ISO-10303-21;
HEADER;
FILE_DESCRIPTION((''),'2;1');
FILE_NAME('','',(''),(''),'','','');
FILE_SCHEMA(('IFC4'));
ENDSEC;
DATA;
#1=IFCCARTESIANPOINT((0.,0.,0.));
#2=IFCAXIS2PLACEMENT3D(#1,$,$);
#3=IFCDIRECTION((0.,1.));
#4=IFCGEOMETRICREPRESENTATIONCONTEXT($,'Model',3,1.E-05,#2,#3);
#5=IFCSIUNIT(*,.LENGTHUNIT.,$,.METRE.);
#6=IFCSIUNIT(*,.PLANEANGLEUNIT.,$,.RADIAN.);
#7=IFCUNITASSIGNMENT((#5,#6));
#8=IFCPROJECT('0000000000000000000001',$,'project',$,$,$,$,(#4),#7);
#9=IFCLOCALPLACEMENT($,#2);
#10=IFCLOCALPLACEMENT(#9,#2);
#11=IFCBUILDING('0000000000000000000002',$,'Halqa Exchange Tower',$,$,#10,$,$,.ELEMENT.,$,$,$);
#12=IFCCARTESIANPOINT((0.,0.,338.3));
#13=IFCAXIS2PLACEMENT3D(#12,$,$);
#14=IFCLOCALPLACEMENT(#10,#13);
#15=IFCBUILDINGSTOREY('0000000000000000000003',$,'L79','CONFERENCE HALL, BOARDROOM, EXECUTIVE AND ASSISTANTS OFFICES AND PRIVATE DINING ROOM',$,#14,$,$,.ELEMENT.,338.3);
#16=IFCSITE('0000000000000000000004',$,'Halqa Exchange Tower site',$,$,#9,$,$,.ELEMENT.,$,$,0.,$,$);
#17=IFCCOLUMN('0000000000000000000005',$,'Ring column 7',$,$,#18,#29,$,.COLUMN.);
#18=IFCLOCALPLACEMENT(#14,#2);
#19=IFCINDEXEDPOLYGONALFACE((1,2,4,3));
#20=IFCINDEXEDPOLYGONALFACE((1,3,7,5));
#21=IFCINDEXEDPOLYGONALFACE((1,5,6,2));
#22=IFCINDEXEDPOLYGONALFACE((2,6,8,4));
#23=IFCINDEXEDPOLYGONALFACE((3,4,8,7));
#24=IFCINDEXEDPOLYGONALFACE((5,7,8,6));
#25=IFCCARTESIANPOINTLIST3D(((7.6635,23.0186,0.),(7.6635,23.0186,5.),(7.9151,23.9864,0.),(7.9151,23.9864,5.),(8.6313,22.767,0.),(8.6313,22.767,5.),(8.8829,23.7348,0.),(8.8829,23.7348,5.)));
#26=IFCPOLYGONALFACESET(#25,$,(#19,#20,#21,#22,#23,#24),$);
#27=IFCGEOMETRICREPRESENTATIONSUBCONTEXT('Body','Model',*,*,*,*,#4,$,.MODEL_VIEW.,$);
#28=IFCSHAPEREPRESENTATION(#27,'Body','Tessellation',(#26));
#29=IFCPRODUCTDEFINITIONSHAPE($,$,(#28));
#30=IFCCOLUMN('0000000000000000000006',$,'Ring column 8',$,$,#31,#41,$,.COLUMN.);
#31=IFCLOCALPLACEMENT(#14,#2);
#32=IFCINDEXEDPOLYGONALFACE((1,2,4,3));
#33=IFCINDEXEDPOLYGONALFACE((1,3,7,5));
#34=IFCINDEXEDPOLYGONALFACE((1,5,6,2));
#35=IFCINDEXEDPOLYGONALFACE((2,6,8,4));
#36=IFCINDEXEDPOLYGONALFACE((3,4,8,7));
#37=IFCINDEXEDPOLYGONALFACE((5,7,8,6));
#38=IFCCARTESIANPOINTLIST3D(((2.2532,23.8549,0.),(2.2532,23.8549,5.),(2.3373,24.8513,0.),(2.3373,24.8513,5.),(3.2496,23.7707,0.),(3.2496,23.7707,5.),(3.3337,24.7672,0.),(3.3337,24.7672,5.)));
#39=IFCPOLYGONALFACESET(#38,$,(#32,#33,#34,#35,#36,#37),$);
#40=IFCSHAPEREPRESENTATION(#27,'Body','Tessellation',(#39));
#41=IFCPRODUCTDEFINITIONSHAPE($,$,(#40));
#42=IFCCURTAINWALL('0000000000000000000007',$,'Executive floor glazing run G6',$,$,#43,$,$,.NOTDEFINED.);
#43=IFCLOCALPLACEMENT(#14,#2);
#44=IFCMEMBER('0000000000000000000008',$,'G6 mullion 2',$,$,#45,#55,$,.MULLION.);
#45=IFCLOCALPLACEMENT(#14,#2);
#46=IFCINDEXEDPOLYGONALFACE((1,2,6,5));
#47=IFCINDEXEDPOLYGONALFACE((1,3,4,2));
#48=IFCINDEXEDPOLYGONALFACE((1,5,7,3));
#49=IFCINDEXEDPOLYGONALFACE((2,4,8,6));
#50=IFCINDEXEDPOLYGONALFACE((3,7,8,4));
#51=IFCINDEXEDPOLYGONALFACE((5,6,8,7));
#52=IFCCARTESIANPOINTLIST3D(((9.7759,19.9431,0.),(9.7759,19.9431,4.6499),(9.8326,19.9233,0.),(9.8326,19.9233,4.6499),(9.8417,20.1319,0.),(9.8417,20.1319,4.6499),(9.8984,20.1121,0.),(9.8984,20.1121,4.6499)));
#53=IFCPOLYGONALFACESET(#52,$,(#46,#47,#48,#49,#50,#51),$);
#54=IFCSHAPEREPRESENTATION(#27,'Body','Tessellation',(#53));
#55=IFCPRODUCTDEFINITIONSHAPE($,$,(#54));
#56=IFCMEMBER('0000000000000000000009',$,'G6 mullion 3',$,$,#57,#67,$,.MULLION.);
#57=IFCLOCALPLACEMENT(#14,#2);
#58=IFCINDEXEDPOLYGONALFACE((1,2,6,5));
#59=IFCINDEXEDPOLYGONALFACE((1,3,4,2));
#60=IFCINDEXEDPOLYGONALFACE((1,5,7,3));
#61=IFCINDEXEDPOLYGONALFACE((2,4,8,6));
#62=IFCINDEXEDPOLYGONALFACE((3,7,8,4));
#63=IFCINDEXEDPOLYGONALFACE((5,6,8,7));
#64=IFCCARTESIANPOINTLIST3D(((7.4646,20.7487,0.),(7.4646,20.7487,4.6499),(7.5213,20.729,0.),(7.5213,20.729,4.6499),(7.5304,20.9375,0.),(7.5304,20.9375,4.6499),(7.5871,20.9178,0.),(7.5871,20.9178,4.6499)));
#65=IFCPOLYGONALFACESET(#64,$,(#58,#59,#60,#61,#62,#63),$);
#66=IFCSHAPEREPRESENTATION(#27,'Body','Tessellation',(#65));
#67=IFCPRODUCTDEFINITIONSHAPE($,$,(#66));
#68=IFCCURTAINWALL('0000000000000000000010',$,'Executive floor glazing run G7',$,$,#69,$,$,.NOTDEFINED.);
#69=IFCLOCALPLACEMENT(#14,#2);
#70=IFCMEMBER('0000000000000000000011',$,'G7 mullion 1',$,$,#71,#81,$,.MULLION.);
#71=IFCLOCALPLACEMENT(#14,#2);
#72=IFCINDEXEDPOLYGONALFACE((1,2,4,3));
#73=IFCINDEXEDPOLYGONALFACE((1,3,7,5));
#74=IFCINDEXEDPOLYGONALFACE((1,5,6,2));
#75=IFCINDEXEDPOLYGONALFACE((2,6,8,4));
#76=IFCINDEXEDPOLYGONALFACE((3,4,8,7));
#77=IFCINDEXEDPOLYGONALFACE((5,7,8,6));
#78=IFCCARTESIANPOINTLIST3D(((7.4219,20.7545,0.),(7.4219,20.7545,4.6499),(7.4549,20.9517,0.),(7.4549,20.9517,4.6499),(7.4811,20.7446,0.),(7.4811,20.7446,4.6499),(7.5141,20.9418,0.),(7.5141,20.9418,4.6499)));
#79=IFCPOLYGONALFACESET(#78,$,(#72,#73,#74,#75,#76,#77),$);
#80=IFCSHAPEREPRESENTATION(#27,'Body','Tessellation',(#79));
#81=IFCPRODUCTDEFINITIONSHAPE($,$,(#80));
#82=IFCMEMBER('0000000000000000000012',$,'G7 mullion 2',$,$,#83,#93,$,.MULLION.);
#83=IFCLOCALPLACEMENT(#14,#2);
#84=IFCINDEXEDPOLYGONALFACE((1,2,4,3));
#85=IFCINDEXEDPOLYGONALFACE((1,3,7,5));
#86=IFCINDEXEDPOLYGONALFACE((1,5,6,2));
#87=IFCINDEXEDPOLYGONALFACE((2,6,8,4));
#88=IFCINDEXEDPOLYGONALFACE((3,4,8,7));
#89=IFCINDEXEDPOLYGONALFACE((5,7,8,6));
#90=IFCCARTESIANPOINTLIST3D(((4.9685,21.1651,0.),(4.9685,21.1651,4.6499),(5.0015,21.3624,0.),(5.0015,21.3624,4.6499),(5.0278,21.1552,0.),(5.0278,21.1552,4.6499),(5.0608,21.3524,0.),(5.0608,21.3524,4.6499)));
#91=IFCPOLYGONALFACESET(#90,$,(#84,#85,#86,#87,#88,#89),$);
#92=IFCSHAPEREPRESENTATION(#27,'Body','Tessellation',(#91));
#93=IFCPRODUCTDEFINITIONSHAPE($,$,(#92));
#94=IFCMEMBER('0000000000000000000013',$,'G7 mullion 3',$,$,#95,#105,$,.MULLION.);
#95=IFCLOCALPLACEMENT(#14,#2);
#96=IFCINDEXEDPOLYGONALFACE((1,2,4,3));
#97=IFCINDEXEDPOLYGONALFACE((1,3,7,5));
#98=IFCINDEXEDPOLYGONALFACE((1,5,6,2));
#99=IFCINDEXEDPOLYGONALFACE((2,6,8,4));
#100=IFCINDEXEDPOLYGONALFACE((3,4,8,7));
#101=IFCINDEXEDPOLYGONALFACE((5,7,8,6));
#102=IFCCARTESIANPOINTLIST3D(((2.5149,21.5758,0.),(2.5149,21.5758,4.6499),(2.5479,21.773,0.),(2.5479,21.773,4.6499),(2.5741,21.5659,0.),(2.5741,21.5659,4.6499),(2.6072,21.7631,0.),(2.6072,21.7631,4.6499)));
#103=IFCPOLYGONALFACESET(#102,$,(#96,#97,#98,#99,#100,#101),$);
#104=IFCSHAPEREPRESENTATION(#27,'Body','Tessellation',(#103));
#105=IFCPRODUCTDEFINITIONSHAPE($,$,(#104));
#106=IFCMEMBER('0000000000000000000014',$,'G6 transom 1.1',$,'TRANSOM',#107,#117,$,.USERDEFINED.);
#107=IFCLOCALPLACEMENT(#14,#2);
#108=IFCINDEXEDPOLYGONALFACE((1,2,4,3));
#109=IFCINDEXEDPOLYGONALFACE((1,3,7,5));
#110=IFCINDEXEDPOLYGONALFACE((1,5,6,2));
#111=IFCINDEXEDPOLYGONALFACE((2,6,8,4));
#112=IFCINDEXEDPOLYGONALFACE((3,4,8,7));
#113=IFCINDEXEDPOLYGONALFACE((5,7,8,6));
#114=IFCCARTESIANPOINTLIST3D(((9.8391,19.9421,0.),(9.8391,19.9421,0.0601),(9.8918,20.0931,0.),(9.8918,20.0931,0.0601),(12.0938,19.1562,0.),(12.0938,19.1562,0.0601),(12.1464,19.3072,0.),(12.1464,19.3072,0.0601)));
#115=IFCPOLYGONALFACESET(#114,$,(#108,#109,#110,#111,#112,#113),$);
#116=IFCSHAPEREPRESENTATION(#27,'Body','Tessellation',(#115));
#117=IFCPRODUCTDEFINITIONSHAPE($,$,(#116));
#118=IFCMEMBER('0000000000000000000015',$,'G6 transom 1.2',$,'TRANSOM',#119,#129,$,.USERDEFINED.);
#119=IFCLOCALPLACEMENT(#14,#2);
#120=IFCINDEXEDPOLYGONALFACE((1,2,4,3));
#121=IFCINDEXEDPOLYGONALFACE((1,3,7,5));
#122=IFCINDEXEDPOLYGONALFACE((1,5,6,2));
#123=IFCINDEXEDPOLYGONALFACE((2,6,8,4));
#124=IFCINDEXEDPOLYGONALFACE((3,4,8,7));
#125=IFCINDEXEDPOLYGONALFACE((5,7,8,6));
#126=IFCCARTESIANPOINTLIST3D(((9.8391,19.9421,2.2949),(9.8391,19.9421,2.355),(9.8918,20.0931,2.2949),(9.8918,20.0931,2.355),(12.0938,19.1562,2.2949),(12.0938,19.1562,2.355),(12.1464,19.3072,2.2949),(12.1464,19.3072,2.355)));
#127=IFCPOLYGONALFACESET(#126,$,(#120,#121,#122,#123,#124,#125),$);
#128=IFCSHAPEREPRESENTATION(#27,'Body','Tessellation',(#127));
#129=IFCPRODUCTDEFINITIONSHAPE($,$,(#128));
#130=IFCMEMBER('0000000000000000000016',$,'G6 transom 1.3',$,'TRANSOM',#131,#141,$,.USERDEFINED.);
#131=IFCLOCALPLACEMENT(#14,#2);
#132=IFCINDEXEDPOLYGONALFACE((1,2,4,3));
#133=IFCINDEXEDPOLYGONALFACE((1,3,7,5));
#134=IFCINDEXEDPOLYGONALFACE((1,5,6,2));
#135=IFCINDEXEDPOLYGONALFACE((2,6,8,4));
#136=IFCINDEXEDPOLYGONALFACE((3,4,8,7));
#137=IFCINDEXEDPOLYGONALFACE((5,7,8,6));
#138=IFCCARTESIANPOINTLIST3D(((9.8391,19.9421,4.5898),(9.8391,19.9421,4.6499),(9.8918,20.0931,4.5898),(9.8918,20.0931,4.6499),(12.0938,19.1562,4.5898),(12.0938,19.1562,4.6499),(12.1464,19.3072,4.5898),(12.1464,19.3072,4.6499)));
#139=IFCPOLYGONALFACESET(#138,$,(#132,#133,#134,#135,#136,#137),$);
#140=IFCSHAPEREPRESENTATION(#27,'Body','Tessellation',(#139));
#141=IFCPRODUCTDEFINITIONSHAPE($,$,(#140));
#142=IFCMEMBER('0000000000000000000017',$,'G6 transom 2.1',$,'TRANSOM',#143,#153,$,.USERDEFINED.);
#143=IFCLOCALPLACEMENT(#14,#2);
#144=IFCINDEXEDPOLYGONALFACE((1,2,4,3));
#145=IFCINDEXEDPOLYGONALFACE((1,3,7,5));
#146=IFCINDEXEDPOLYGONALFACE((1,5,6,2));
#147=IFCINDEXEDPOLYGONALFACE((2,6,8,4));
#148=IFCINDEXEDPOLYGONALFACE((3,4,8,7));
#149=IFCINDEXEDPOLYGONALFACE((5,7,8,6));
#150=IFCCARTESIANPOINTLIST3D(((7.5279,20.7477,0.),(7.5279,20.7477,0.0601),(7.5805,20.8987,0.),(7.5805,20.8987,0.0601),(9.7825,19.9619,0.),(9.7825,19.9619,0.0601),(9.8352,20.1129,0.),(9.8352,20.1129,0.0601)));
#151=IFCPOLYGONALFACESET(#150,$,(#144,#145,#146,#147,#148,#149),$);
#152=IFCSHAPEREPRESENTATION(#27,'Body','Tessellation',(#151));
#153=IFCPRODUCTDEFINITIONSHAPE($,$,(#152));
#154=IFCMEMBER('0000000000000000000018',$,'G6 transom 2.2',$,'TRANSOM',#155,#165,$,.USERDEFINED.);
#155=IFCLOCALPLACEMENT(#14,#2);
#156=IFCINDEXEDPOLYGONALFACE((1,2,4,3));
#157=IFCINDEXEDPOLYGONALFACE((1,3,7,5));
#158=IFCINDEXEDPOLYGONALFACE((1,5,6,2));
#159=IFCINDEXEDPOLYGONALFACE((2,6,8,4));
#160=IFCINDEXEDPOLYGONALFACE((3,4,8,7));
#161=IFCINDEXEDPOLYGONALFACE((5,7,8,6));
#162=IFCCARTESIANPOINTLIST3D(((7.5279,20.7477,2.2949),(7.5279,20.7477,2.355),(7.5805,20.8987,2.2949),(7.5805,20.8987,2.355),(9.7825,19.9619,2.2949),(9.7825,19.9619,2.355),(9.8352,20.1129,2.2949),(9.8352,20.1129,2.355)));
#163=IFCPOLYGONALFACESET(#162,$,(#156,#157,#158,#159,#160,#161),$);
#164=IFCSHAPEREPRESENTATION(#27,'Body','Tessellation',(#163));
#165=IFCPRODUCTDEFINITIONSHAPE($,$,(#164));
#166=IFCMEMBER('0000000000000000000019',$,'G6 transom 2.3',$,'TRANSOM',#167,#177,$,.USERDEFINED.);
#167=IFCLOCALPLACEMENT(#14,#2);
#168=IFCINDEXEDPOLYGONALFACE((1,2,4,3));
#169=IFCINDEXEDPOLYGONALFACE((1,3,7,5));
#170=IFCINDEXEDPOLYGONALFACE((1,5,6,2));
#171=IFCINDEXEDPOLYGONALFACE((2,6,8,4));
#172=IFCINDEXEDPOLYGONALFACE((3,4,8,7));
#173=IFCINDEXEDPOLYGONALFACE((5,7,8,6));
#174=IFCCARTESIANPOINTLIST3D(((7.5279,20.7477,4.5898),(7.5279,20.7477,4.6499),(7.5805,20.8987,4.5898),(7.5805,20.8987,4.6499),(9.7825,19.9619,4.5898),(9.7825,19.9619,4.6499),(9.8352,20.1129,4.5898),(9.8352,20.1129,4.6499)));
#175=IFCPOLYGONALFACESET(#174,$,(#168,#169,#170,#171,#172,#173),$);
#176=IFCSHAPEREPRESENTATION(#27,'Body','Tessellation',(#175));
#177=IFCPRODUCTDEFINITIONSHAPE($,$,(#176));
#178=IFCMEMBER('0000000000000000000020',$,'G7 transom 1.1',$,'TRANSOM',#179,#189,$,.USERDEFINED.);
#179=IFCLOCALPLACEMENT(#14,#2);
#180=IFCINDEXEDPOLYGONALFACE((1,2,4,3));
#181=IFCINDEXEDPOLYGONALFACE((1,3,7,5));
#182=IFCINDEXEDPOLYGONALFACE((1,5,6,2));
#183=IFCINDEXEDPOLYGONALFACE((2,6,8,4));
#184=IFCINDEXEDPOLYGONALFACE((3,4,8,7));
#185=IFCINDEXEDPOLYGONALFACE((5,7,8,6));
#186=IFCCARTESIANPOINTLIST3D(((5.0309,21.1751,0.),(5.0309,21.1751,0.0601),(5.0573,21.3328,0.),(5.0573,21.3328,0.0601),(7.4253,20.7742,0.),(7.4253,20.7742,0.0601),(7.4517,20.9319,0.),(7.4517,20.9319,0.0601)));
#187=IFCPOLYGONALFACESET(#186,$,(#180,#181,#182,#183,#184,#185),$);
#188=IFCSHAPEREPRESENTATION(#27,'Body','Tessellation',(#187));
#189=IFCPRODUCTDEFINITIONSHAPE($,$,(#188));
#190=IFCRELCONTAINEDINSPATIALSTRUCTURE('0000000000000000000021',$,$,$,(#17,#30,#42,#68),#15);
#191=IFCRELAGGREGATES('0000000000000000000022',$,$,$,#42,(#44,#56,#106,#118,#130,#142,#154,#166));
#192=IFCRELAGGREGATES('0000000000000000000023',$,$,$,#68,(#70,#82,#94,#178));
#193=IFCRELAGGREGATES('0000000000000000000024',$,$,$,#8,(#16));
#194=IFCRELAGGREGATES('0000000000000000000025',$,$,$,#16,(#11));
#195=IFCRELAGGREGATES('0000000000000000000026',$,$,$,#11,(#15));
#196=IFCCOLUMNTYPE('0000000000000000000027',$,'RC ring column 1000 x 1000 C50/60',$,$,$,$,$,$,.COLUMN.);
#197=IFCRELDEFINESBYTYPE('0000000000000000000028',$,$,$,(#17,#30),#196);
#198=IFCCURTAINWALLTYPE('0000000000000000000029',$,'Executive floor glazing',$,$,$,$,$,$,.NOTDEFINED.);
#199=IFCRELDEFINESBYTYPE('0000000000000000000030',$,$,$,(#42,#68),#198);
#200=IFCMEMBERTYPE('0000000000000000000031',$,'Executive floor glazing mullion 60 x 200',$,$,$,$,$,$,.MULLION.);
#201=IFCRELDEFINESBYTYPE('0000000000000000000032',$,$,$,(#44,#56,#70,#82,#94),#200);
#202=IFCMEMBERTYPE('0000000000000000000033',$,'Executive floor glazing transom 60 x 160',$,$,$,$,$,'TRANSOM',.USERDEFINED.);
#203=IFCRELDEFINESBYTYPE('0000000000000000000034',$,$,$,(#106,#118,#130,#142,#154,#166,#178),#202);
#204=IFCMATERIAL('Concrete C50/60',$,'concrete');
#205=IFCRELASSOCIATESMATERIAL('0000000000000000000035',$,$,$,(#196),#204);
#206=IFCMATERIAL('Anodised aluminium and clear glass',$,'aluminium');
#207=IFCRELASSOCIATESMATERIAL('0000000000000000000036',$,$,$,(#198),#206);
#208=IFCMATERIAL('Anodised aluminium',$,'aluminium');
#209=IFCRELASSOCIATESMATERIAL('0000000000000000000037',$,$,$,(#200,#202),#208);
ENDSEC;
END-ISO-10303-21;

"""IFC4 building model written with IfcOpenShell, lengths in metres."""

from ifc_helpers import new_model, si_unit, direction, frame, origin, origin_2d, place, context, subcontext, project, spatial, rectangle, extrude, material, material_profile, profile_set, type_object, element, aggregate, save


model = new_model("IFC4")

# Units and contexts
model_context = context("Model", 3, precision=1e-05, world=origin(), true_north=direction((0.0, 1.0)))
body_context = subcontext(model_context, "Body", "Model", "MODEL_VIEW")
ifc_project = project(units=[si_unit("LENGTHUNIT", "METRE"), si_unit("PLANEANGLEUNIT", "RADIAN")], contexts=[model_context])

# Site, building, storey
site_placement = place(None, origin())
site = spatial("IfcSite", under=ifc_project, at=site_placement, Name="Halqa Exchange Tower site", CompositionType="ELEMENT", RefElevation=0.0)
building_placement = place(site_placement, origin())
building = spatial("IfcBuilding", under=site, at=building_placement, Name="Halqa Exchange Tower", CompositionType="ELEMENT")
storey_placement = place(building_placement, frame((0.0, 0.0, 338.3)))
storey = spatial("IfcBuildingStorey", under=building, at=storey_placement, Name="L79", Description="CONFERENCE HALL, BOARDROOM, EXECUTIVE AND ASSISTANTS OFFICES AND PRIVATE DINING ROOM", CompositionType="ELEMENT", Elevation=338.3)

# Columns
ifc_material_1 = material(Name="Concrete C50/60", Category="concrete")
ifc_material_profile_1 = material_profile(ifc_material_1, rectangle(XDim=1.0, YDim=1.0, at=origin_2d()), Name="1000 x 1000")
ifc_profile_set_1 = profile_set([ifc_material_profile_1], Name="Concrete C50/60")
column_type = type_object("IfcColumnType", Name="RC ring column 1000 x 1000 C50/60", PredefinedType="COLUMN", material=ifc_profile_set_1)
for number, where, z_axis, x_axis, name in (
    (1, (8.2732, 23.3767, 0.0), (0.0, 0.0, 1.0), (-0.967819, 0.251647, 0.0), "Ring column 7"),
    (2, (2.7935, 24.311, 0.0), (0.0, 0.0, 1.0), (-0.996455, 0.084127, 0.0), "Ring column 8"),
):
    element("IfcColumn", number, at=place(storey_placement, frame(where, z_axis=z_axis, x_axis=x_axis)), inside=storey, type_object=column_type, Name=name, PredefinedType="COLUMN", context=body_context, shape_type="SweptSolid", body=[
        extrude(rectangle(XDim=1.0, YDim=1.0, at=origin_2d()), origin(), (0.0, 0.0, 1.0), 5.0),
    ])

# Curtain walls, members
ifc_material_2 = material(Name="Anodised aluminium and clear glass", Category="aluminium")
curtain_wall_type = type_object("IfcCurtainWallType", Name="Executive floor glazing", PredefinedType="NOTDEFINED", material=ifc_material_2)
curtain_wall_1_placement = place(storey_placement, origin())
curtain_wall_1 = element("IfcCurtainWall", 3, at=curtain_wall_1_placement, inside=storey, type_object=curtain_wall_type, Name="Executive floor glazing run G6", PredefinedType="NOTDEFINED")
ifc_material_3 = material(Name="Anodised aluminium", Category="aluminium")
ifc_material_profile_2 = material_profile(ifc_material_3, rectangle(XDim=0.2, YDim=0.0601, at=origin_2d()), Name="AL 60x200")
ifc_profile_set_2 = profile_set([ifc_material_profile_2], Name="Anodised aluminium")
member_type_1 = type_object("IfcMemberType", Name="Executive floor glazing mullion 60 x 200", PredefinedType="MULLION", material=ifc_profile_set_2)
member_1_placement = place(storey_placement, frame((9.8372, 20.0276, 0.0), z_axis=(0.0, 0.0, 1.0), x_axis=(-0.32916, -0.944274, 0.0)))
member_1 = element("IfcMember", 4, at=member_1_placement, type_object=member_type_1, Name="G6 mullion 2", PredefinedType="MULLION", context=body_context, shape_type="SweptSolid", body=[
    extrude(rectangle(XDim=0.2, YDim=0.0601, at=origin_2d()), origin(), (0.0, 0.0, 1.0), 4.6499),
])
member_2_placement = place(storey_placement, frame((7.5259, 20.8333, 0.0), z_axis=(0.0, 0.0, 1.0), x_axis=(-0.32916, -0.944274, 0.0)))
member_2 = element("IfcMember", 5, at=member_2_placement, type_object=member_type_1, Name="G6 mullion 3", PredefinedType="MULLION", context=body_context, shape_type="SweptSolid", body=[
    extrude(rectangle(XDim=0.2, YDim=0.0601, at=origin_2d()), origin(), (0.0, 0.0, 1.0), 4.6499),
])
curtain_wall_2_placement = place(storey_placement, origin())
curtain_wall_2 = element("IfcCurtainWall", 6, at=curtain_wall_2_placement, inside=storey, type_object=curtain_wall_type, Name="Executive floor glazing run G7", PredefinedType="NOTDEFINED")
member_3_placement = place(storey_placement, frame((7.468, 20.8481, 0.0), z_axis=(0.0, 0.0, 1.0), x_axis=(-0.165117, -0.986274, 0.0)))
member_3 = element("IfcMember", 7, at=member_3_placement, type_object=member_type_1, Name="G7 mullion 1", PredefinedType="MULLION", context=body_context, shape_type="SweptSolid", body=[
    extrude(rectangle(XDim=0.2, YDim=0.0601, at=origin_2d()), origin(), (0.0, 0.0, 1.0), 4.6499),
])
member_4_placement = place(storey_placement, frame((5.0146, 21.2588, 0.0), z_axis=(0.0, 0.0, 1.0), x_axis=(-0.165117, -0.986274, 0.0)))
member_4 = element("IfcMember", 8, at=member_4_placement, type_object=member_type_1, Name="G7 mullion 2", PredefinedType="MULLION", context=body_context, shape_type="SweptSolid", body=[
    extrude(rectangle(XDim=0.2, YDim=0.0601, at=origin_2d()), origin(), (0.0, 0.0, 1.0), 4.6499),
])
member_5_placement = place(storey_placement, frame((2.561, 21.6694, 0.0), z_axis=(0.0, 0.0, 1.0), x_axis=(-0.165117, -0.986274, 0.0)))
member_5 = element("IfcMember", 9, at=member_5_placement, type_object=member_type_1, Name="G7 mullion 3", PredefinedType="MULLION", context=body_context, shape_type="SweptSolid", body=[
    extrude(rectangle(XDim=0.2, YDim=0.0601, at=origin_2d()), origin(), (0.0, 0.0, 1.0), 4.6499),
])

# Members
ifc_material_profile_3 = material_profile(ifc_material_3, rectangle(XDim=0.1599, YDim=0.0601, at=origin_2d()), Name="AL 60x160")
ifc_profile_set_3 = profile_set([ifc_material_profile_3], Name="Anodised aluminium")
member_type_2 = type_object("IfcMemberType", Name="Executive floor glazing transom 60 x 160", ElementType="TRANSOM", PredefinedType="USERDEFINED", material=ifc_profile_set_3)
member_6_placement = place(storey_placement, frame((12.1201, 19.2317, 0.03), z_axis=(-0.94428, 0.329143, 0.0), x_axis=(-0.329143, -0.94428, 0.0)))
member_6 = element("IfcMember", 10, at=member_6_placement, type_object=member_type_2, Name="G6 transom 1.1", ObjectType="TRANSOM", PredefinedType="USERDEFINED", context=body_context, shape_type="SweptSolid", body=[
    extrude(rectangle(XDim=0.1599, YDim=0.0601, at=origin_2d()), origin(), (0.0, 0.0, 1.0), 2.3877),
])
member_7_placement = place(storey_placement, frame((12.1201, 19.2317, 2.325), z_axis=(-0.94428, 0.329143, 0.0), x_axis=(-0.329143, -0.94428, 0.0)))
member_7 = element("IfcMember", 11, at=member_7_placement, type_object=member_type_2, Name="G6 transom 1.2", ObjectType="TRANSOM", PredefinedType="USERDEFINED", context=body_context, shape_type="SweptSolid", body=[
    extrude(rectangle(XDim=0.1599, YDim=0.0601, at=origin_2d()), origin(), (0.0, 0.0, 1.0), 2.3877),
])
member_8_placement = place(storey_placement, frame((12.1201, 19.2317, 4.6199), z_axis=(-0.94428, 0.329143, 0.0), x_axis=(-0.329143, -0.94428, 0.0)))
member_8 = element("IfcMember", 12, at=member_8_placement, type_object=member_type_2, Name="G6 transom 1.3", ObjectType="TRANSOM", PredefinedType="USERDEFINED", context=body_context, shape_type="SweptSolid", body=[
    extrude(rectangle(XDim=0.1599, YDim=0.0601, at=origin_2d()), origin(), (0.0, 0.0, 1.0), 2.3877),
])
member_9_placement = place(storey_placement, frame((9.8088, 20.0374, 0.03), z_axis=(-0.94428, 0.329143, 0.0), x_axis=(-0.329143, -0.94428, 0.0)))
member_9 = element("IfcMember", 13, at=member_9_placement, type_object=member_type_2, Name="G6 transom 2.1", ObjectType="TRANSOM", PredefinedType="USERDEFINED", context=body_context, shape_type="SweptSolid", body=[
    extrude(rectangle(XDim=0.1599, YDim=0.0601, at=origin_2d()), origin(), (0.0, 0.0, 1.0), 2.3877),
])
member_10_placement = place(storey_placement, frame((9.8088, 20.0374, 2.325), z_axis=(-0.94428, 0.329143, 0.0), x_axis=(-0.329143, -0.94428, 0.0)))
member_10 = element("IfcMember", 14, at=member_10_placement, type_object=member_type_2, Name="G6 transom 2.2", ObjectType="TRANSOM", PredefinedType="USERDEFINED", context=body_context, shape_type="SweptSolid", body=[
    extrude(rectangle(XDim=0.1599, YDim=0.0601, at=origin_2d()), origin(), (0.0, 0.0, 1.0), 2.3877),
])
member_11_placement = place(storey_placement, frame((9.8088, 20.0374, 4.6199), z_axis=(-0.94428, 0.329143, 0.0), x_axis=(-0.329143, -0.94428, 0.0)))
member_11 = element("IfcMember", 15, at=member_11_placement, type_object=member_type_2, Name="G6 transom 2.3", ObjectType="TRANSOM", PredefinedType="USERDEFINED", context=body_context, shape_type="SweptSolid", body=[
    extrude(rectangle(XDim=0.1599, YDim=0.0601, at=origin_2d()), origin(), (0.0, 0.0, 1.0), 2.3877),
])
member_12_placement = place(storey_placement, frame((7.4385, 20.853, 0.03), z_axis=(-0.986271, 0.165133, 0.0), x_axis=(-0.165133, -0.986271, 0.0)))
member_12 = element("IfcMember", 16, at=member_12_placement, type_object=member_type_2, Name="G7 transom 1.1", ObjectType="TRANSOM", PredefinedType="USERDEFINED", context=body_context, shape_type="SweptSolid", body=[
    extrude(rectangle(XDim=0.1599, YDim=0.0601, at=origin_2d()), origin(), (0.0, 0.0, 1.0), 2.4277),
])

aggregate(curtain_wall_1, [member_1, member_2, member_6, member_7, member_8, member_9, member_10, member_11])
aggregate(curtain_wall_2, [member_3, member_4, member_5, member_12])

save(model, "model.ifc")
